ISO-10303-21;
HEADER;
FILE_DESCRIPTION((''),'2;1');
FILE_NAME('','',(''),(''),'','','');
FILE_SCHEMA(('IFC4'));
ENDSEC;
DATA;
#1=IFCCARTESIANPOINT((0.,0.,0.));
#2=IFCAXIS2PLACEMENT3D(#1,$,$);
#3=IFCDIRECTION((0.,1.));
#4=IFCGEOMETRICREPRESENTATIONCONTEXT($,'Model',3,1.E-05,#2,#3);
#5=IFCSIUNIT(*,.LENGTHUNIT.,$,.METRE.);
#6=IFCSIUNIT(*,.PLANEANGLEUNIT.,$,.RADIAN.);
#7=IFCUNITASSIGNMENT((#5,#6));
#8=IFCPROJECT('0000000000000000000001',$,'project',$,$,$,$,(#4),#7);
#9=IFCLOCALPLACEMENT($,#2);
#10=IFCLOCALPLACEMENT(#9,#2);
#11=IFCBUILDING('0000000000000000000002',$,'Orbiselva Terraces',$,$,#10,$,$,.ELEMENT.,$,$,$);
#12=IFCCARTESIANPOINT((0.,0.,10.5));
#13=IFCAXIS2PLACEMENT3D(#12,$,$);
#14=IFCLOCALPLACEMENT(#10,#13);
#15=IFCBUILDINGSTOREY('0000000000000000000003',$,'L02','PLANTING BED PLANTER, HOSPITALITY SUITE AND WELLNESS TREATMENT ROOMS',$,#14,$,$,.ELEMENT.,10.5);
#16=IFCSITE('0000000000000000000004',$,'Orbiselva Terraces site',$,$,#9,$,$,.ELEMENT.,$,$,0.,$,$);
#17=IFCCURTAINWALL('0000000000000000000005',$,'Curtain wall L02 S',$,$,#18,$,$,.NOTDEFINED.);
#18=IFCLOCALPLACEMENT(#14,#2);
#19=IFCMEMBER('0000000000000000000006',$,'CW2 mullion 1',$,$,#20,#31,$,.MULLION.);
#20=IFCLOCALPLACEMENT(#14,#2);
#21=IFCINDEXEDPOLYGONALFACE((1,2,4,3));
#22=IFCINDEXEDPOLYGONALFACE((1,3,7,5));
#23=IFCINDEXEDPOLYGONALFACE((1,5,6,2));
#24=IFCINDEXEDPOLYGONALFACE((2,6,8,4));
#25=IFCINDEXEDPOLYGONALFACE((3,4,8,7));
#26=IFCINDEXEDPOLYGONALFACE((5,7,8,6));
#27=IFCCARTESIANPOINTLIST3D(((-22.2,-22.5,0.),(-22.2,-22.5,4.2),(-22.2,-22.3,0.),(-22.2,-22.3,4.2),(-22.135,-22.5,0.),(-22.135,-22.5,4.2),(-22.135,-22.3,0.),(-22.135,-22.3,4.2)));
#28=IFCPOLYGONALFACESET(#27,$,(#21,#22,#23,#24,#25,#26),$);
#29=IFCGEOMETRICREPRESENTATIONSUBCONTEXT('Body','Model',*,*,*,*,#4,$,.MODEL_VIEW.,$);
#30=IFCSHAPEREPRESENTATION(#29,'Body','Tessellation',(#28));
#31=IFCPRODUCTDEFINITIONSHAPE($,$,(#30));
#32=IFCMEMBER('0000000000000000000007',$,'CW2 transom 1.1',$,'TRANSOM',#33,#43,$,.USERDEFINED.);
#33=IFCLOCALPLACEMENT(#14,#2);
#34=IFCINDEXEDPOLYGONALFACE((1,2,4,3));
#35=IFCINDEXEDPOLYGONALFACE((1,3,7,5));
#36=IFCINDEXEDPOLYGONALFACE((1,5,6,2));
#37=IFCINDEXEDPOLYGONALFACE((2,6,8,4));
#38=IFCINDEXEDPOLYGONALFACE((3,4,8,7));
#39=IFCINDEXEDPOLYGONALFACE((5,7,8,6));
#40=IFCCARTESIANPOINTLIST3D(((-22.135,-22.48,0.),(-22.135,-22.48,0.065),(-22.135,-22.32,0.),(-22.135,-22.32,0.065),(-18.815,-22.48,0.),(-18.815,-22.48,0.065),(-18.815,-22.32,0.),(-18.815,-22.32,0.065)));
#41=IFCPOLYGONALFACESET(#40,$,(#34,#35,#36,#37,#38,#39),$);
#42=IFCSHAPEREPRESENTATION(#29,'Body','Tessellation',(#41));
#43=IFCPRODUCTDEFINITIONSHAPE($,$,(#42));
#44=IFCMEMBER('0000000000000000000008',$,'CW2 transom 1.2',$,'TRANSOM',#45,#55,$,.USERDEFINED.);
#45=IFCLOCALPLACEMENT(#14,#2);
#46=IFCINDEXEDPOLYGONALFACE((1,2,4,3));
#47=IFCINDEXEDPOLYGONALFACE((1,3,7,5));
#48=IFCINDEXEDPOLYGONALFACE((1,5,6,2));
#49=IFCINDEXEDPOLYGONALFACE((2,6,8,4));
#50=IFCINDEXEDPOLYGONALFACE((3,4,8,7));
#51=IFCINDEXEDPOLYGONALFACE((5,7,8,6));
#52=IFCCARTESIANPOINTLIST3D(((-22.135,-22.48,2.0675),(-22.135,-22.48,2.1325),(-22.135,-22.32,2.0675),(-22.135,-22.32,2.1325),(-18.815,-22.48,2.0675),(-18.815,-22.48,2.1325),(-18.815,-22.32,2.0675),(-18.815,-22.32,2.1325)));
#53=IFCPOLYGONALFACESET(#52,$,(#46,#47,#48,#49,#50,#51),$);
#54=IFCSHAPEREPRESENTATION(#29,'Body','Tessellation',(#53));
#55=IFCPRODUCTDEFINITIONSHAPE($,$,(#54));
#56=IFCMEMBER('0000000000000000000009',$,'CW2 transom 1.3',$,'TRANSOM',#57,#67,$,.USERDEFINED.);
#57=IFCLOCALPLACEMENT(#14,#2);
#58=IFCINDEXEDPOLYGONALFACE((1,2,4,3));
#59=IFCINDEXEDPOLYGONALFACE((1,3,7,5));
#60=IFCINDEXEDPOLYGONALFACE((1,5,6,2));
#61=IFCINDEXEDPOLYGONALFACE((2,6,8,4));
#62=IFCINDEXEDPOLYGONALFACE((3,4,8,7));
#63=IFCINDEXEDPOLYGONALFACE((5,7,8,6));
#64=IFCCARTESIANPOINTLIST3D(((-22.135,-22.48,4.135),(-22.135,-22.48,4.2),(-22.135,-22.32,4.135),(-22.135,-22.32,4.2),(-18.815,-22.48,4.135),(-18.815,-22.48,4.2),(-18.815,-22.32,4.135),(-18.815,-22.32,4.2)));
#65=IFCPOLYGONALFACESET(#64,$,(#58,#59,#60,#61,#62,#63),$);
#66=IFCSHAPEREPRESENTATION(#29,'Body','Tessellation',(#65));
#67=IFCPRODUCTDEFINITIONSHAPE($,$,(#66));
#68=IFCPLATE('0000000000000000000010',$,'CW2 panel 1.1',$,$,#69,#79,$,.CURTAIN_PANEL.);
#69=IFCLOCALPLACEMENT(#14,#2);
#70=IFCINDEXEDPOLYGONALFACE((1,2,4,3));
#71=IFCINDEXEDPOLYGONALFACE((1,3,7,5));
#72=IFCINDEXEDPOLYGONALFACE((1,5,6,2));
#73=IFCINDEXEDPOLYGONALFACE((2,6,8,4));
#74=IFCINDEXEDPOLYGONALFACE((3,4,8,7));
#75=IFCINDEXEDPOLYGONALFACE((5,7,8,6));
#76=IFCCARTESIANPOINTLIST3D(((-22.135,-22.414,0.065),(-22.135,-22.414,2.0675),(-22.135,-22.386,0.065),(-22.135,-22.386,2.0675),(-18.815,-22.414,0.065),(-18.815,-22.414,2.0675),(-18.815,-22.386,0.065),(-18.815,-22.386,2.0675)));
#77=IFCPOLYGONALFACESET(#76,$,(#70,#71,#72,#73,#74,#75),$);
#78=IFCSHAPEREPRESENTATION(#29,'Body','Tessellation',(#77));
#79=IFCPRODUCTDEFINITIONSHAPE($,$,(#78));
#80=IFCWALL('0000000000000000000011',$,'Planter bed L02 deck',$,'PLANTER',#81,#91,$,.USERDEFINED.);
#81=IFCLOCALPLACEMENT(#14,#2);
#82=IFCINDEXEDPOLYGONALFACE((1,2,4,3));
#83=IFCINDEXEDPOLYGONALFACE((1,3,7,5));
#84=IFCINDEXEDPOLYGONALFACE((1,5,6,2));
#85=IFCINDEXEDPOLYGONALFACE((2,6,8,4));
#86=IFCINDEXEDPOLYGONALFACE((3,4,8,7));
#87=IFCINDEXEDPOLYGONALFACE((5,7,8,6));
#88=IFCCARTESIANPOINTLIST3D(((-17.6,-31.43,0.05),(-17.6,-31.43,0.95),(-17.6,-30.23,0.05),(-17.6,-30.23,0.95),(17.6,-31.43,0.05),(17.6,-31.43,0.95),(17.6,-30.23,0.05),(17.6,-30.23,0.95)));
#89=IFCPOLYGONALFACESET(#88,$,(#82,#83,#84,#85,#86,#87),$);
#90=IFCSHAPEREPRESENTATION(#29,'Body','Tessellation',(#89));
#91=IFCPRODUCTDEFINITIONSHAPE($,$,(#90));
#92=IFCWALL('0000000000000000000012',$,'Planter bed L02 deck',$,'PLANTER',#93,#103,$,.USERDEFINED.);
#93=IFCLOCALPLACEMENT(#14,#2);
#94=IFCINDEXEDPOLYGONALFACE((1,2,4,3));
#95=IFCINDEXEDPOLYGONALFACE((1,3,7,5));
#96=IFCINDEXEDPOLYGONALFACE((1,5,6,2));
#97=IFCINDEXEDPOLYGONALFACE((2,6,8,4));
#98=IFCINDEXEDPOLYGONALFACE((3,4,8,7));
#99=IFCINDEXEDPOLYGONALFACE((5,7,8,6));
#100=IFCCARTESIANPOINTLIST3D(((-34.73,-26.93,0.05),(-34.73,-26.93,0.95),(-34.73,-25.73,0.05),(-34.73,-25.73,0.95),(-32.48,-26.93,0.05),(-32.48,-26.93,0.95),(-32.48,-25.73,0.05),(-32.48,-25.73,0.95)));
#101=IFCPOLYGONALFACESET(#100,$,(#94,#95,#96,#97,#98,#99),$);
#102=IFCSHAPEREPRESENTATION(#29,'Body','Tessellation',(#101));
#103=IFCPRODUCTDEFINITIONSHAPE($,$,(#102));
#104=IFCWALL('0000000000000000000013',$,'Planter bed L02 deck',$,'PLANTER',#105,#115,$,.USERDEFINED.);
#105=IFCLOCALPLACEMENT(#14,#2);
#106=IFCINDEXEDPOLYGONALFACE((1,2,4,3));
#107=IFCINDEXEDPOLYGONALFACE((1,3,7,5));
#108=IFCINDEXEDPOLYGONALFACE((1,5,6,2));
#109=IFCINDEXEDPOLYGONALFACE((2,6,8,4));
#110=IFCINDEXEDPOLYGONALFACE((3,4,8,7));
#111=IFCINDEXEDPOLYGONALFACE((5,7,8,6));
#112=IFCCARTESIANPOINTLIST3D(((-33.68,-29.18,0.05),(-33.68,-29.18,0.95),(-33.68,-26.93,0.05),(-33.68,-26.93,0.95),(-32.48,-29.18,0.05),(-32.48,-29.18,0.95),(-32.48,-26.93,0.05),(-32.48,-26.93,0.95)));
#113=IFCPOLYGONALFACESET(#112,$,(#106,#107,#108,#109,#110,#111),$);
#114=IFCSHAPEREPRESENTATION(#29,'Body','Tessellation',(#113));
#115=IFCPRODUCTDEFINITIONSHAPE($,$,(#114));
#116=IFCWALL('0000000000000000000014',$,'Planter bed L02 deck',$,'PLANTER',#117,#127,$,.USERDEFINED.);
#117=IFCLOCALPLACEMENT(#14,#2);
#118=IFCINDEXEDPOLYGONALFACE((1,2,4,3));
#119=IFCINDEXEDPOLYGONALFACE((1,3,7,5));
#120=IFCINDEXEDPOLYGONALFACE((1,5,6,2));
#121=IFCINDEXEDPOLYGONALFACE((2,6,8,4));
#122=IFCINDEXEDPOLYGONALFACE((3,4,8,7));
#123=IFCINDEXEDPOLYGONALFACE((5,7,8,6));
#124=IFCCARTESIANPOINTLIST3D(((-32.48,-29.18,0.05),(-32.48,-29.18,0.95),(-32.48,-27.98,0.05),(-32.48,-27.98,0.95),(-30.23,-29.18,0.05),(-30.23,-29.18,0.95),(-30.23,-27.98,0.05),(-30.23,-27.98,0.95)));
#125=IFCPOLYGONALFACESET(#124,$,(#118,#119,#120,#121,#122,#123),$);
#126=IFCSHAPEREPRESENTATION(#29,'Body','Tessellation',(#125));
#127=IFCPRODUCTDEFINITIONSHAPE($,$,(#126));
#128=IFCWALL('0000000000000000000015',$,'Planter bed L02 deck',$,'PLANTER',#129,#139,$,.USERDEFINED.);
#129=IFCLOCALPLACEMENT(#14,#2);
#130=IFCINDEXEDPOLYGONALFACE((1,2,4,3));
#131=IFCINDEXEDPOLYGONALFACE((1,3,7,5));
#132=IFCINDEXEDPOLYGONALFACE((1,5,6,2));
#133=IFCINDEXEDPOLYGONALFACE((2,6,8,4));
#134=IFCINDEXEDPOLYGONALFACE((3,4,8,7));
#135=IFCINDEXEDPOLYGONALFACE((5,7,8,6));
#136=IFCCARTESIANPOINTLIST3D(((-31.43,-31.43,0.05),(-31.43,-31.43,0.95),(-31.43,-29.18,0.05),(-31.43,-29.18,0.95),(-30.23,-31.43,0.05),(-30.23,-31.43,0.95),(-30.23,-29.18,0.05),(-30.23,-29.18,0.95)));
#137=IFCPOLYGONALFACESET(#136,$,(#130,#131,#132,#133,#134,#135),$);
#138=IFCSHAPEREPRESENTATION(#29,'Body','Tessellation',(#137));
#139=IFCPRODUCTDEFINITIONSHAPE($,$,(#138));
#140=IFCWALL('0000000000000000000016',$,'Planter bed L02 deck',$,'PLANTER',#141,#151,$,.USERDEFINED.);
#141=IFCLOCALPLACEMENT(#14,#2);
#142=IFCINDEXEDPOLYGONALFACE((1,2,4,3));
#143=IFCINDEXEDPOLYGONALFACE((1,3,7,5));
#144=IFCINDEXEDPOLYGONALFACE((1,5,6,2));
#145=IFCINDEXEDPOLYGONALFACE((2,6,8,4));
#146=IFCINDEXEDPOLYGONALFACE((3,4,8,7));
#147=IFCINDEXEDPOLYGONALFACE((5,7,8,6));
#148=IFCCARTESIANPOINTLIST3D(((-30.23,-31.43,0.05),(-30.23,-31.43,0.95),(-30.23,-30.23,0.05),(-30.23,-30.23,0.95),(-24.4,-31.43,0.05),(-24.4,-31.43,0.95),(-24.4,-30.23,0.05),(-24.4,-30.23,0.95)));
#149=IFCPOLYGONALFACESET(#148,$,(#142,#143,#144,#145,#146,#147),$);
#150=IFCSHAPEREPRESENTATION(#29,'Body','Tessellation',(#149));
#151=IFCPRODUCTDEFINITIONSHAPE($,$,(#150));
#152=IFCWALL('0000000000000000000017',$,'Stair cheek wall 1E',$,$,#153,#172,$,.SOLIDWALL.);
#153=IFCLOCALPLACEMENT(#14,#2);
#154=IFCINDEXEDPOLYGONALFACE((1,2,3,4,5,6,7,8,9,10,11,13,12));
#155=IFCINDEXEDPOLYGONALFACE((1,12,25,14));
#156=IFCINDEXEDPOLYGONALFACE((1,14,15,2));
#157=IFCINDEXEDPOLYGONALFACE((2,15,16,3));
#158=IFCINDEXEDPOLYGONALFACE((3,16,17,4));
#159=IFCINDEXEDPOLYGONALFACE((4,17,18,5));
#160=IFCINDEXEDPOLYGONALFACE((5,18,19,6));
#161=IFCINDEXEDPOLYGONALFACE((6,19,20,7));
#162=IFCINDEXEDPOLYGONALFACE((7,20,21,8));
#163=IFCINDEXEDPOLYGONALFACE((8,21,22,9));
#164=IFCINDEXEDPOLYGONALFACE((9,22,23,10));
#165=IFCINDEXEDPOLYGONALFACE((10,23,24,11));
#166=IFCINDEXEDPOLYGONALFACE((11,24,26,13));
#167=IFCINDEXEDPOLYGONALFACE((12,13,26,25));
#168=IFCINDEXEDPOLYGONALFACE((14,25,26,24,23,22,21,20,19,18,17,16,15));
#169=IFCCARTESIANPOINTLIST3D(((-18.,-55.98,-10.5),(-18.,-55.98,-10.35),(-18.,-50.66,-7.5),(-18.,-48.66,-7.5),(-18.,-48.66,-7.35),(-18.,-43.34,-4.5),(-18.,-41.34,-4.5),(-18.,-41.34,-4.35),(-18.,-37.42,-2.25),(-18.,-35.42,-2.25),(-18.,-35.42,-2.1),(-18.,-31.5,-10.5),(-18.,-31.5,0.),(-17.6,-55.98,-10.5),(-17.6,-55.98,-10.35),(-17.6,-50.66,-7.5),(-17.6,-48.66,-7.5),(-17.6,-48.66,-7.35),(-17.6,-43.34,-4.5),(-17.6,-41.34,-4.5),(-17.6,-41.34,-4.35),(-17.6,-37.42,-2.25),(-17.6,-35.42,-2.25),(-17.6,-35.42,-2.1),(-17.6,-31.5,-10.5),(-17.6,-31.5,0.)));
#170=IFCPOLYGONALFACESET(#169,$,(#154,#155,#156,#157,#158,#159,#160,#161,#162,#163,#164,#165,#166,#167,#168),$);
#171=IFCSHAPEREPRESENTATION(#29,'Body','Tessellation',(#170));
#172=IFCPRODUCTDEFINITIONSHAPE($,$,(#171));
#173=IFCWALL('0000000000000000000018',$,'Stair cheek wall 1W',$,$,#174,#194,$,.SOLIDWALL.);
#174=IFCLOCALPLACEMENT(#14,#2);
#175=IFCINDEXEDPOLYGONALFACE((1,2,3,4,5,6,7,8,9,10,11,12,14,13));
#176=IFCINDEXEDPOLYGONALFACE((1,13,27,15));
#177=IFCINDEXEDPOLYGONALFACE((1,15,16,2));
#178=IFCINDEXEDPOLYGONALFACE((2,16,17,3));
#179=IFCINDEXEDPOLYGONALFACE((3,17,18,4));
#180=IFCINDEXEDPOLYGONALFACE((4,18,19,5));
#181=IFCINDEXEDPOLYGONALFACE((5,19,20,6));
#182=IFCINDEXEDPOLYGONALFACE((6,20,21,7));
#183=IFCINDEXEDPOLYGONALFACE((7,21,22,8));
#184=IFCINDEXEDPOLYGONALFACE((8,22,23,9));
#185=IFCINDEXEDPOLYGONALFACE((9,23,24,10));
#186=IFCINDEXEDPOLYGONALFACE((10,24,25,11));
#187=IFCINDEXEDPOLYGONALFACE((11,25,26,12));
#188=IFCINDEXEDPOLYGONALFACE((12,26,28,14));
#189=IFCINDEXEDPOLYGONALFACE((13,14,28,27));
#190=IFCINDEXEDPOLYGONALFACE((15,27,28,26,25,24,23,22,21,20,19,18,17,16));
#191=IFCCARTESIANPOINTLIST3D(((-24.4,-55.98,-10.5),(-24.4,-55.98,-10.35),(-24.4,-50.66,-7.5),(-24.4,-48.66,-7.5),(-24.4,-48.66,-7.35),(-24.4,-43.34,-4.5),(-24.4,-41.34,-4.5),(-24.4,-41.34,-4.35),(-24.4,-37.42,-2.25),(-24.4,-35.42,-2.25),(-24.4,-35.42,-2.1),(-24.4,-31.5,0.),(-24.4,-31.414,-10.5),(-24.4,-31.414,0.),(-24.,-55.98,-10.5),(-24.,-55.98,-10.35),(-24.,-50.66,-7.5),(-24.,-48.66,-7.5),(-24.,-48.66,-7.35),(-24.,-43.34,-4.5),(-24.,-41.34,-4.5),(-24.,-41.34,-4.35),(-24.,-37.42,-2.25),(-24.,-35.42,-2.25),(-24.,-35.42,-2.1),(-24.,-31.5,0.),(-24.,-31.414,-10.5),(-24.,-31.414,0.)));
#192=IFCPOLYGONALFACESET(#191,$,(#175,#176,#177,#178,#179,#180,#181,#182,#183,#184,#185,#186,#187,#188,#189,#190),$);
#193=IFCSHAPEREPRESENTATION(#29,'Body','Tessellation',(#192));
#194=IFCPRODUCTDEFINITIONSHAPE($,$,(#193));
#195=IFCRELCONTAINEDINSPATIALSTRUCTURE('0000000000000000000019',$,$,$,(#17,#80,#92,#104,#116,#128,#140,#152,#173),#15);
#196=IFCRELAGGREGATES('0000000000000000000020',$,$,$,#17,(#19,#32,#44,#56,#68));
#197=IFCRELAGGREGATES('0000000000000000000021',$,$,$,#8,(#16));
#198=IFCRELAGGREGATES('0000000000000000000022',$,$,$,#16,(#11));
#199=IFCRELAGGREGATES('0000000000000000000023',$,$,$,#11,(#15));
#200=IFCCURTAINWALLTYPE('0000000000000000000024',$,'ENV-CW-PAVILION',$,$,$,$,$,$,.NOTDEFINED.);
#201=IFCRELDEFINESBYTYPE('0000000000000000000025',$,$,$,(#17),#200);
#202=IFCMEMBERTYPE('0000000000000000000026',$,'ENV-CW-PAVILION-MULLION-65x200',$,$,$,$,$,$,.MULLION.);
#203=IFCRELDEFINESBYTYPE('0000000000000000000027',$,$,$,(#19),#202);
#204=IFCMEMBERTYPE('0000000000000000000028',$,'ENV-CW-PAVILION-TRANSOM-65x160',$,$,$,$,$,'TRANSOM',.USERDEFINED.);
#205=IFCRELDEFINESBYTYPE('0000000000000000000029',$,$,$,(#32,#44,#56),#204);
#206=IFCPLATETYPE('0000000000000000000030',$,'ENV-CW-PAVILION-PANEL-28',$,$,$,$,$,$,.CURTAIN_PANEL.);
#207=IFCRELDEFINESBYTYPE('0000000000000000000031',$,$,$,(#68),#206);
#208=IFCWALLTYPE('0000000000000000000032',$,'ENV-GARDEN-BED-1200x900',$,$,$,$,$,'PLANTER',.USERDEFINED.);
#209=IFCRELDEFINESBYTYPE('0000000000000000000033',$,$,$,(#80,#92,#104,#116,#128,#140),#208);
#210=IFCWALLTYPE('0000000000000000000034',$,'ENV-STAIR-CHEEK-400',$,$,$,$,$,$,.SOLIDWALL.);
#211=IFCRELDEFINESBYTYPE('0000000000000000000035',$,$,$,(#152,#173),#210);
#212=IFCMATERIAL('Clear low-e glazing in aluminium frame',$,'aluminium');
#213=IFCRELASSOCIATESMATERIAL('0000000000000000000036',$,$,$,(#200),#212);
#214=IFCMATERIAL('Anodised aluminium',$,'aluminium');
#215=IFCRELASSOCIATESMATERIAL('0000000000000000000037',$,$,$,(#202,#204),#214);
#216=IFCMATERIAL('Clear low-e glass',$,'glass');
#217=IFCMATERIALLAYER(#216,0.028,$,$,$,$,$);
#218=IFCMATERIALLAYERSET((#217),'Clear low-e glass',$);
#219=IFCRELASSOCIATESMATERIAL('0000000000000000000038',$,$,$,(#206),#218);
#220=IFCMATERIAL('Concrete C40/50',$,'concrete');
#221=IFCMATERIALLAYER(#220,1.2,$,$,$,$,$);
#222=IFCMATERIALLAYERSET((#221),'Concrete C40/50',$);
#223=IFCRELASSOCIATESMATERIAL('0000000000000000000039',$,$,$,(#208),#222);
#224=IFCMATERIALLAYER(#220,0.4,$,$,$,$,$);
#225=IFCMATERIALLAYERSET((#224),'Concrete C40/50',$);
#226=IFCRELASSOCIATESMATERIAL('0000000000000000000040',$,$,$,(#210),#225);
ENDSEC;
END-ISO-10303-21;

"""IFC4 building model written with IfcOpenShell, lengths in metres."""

from ifc_helpers import new_model, si_unit, direction, frame, frame_2d, origin, origin_2d, place, context, subcontext, project, spatial, polyline, rectangle, outline, extrude, material, layer, layer_set, material_profile, profile_set, type_object, element, aggregate, save


model = new_model("IFC4")

# Units and contexts
model_context = context("Model", 3, precision=1e-05, world=origin(), true_north=direction((0.0, 1.0)))
body_context = subcontext(model_context, "Body", "Model", "MODEL_VIEW")
ifc_project = project(units=[si_unit("LENGTHUNIT", "METRE"), si_unit("PLANEANGLEUNIT", "RADIAN")], contexts=[model_context])

# Site, building, storey
site_placement = place(None, origin())
site = spatial("IfcSite", under=ifc_project, at=site_placement, Name="Orbiselva Terraces site", CompositionType="ELEMENT", RefElevation=0.0)
building_placement = place(site_placement, origin())
building = spatial("IfcBuilding", under=site, at=building_placement, Name="Orbiselva Terraces", CompositionType="ELEMENT")
storey_placement = place(building_placement, frame((0.0, 0.0, 10.5)))
storey = spatial("IfcBuildingStorey", under=building, at=storey_placement, Name="L02", Description="PLANTING BED PLANTER, HOSPITALITY SUITE AND WELLNESS TREATMENT ROOMS", CompositionType="ELEMENT", Elevation=10.5)

# Curtain wall, members, plate
ifc_material_1 = material(Name="Clear low-e glazing in aluminium frame", Category="aluminium")
curtain_wall_type = type_object("IfcCurtainWallType", Name="ENV-CW-PAVILION", PredefinedType="NOTDEFINED", material=ifc_material_1)
curtain_wall_placement = place(storey_placement, origin())
curtain_wall = element("IfcCurtainWall", 1, at=curtain_wall_placement, inside=storey, type_object=curtain_wall_type, Name="Curtain wall L02 S", PredefinedType="NOTDEFINED")
ifc_material_2 = material(Name="Anodised aluminium", Category="aluminium")
ifc_material_profile_1 = material_profile(ifc_material_2, rectangle(XDim=0.2, YDim=0.065, at=origin_2d()), Name="AL 65x200")
ifc_profile_set_1 = profile_set([ifc_material_profile_1], Name="Anodised aluminium")
member_type_1 = type_object("IfcMemberType", Name="ENV-CW-PAVILION-MULLION-65x200", PredefinedType="MULLION", material=ifc_profile_set_1)
member_1_placement = place(storey_placement, frame((-22.1675, -22.4, 0.0), z_axis=(0.0, 0.0, 1.0), x_axis=(0.0, 1.0, 0.0)))
member_1 = element("IfcMember", 2, at=member_1_placement, type_object=member_type_1, Name="CW2 mullion 1", PredefinedType="MULLION", context=body_context, shape_type="SweptSolid", body=[
    extrude(rectangle(XDim=0.2, YDim=0.065, at=origin_2d()), origin(), (0.0, 0.0, 1.0), 4.2),
])
ifc_material_profile_2 = material_profile(ifc_material_2, rectangle(XDim=0.16, YDim=0.065, at=origin_2d()), Name="AL 65x160")
ifc_profile_set_2 = profile_set([ifc_material_profile_2], Name="Anodised aluminium")
member_type_2 = type_object("IfcMemberType", Name="ENV-CW-PAVILION-TRANSOM-65x160", ElementType="TRANSOM", PredefinedType="USERDEFINED", material=ifc_profile_set_2)
member_2_placement = place(storey_placement, frame((-22.135, -22.4, 0.0325), z_axis=(1.0, 0.0, 0.0), x_axis=(0.0, 1.0, 0.0)))
member_2 = element("IfcMember", 3, at=member_2_placement, type_object=member_type_2, Name="CW2 transom 1.1", ObjectType="TRANSOM", PredefinedType="USERDEFINED", context=body_context, shape_type="SweptSolid", body=[
    extrude(rectangle(XDim=0.16, YDim=0.065, at=origin_2d()), origin(), (0.0, 0.0, 1.0), 3.32),
])
member_3_placement = place(storey_placement, frame((-22.135, -22.4, 2.1), z_axis=(1.0, 0.0, 0.0), x_axis=(0.0, 1.0, 0.0)))
member_3 = element("IfcMember", 4, at=member_3_placement, type_object=member_type_2, Name="CW2 transom 1.2", ObjectType="TRANSOM", PredefinedType="USERDEFINED", context=body_context, shape_type="SweptSolid", body=[
    extrude(rectangle(XDim=0.16, YDim=0.065, at=origin_2d()), origin(), (0.0, 0.0, 1.0), 3.32),
])
member_4_placement = place(storey_placement, frame((-22.135, -22.4, 4.1675), z_axis=(1.0, 0.0, 0.0), x_axis=(0.0, 1.0, 0.0)))
member_4 = element("IfcMember", 5, at=member_4_placement, type_object=member_type_2, Name="CW2 transom 1.3", ObjectType="TRANSOM", PredefinedType="USERDEFINED", context=body_context, shape_type="SweptSolid", body=[
    extrude(rectangle(XDim=0.16, YDim=0.065, at=origin_2d()), origin(), (0.0, 0.0, 1.0), 3.32),
])
ifc_material_3 = material(Name="Clear low-e glass", Category="glass")
ifc_layer_1 = layer(ifc_material_3, 0.028)
ifc_layer_set_1 = layer_set([ifc_layer_1], Name="Clear low-e glass")
plate_type = type_object("IfcPlateType", Name="ENV-CW-PAVILION-PANEL-28", PredefinedType="CURTAIN_PANEL", material=ifc_layer_set_1)
plate_placement = place(storey_placement, frame((-20.475, -22.4, 0.065), z_axis=(0.0, 0.0, 1.0), x_axis=(1.0, 0.0, 0.0)))
plate = element("IfcPlate", 6, at=plate_placement, type_object=plate_type, Name="CW2 panel 1.1", PredefinedType="CURTAIN_PANEL", context=body_context, shape_type="SweptSolid", body=[
    extrude(rectangle(XDim=3.32, YDim=0.028, at=origin_2d()), origin(), (0.0, 0.0, 1.0), 2.0025),
])
aggregate(curtain_wall, [member_1, member_2, member_3, member_4, plate])

# Walls
ifc_material_4 = material(Name="Concrete C40/50", Category="concrete")
ifc_layer_2 = layer(ifc_material_4, 1.2)
ifc_layer_set_2 = layer_set([ifc_layer_2], Name="Concrete C40/50")
wall_type_1 = type_object("IfcWallType", Name="ENV-GARDEN-BED-1200x900", ElementType="PLANTER", PredefinedType="USERDEFINED", material=ifc_layer_set_2)
wall_1_placement = place(storey_placement, frame((-17.6, -30.83, 0.05), z_axis=(0.0, 0.0, 1.0), x_axis=(1.0, 0.0, 0.0)))
element("IfcWall", 7, at=wall_1_placement, inside=storey, type_object=wall_type_1, Name="Planter bed L02 deck", ObjectType="PLANTER", PredefinedType="USERDEFINED", context=body_context, shape_type="SweptSolid", body=[
    extrude(rectangle(XDim=35.2, YDim=1.2, at=frame_2d((17.6, 0.0))), origin(), (0.0, 0.0, 1.0), 0.9),
])
for number, where, z_axis, x_axis, name in (
    (8, (-34.73, -26.33, 0.05), (0.0, 0.0, 1.0), (1.0, 0.0, 0.0), "Planter bed L02 deck"),
    (9, (-33.08, -26.93, 0.05), (0.0, 0.0, 1.0), (0.0, -1.0, 0.0), "Planter bed L02 deck"),
    (10, (-32.48, -28.58, 0.05), (0.0, 0.0, 1.0), (1.0, 0.0, 0.0), "Planter bed L02 deck"),
    (11, (-30.83, -29.18, 0.05), (0.0, 0.0, 1.0), (0.0, -1.0, 0.0), "Planter bed L02 deck"),
):
    element("IfcWall", number, at=place(storey_placement, frame(where, z_axis=z_axis, x_axis=x_axis)), inside=storey, type_object=wall_type_1, Name=name, ObjectType="PLANTER", PredefinedType="USERDEFINED", context=body_context, shape_type="SweptSolid", body=[
        extrude(rectangle(XDim=2.25, YDim=1.2, at=frame_2d((1.125, 0.0))), origin(), (0.0, 0.0, 1.0), 0.9),
    ])
wall_2_placement = place(storey_placement, frame((-30.23, -30.83, 0.05), z_axis=(0.0, 0.0, 1.0), x_axis=(1.0, 0.0, 0.0)))
element("IfcWall", 12, at=wall_2_placement, inside=storey, type_object=wall_type_1, Name="Planter bed L02 deck", ObjectType="PLANTER", PredefinedType="USERDEFINED", context=body_context, shape_type="SweptSolid", body=[
    extrude(rectangle(XDim=5.83, YDim=1.2, at=frame_2d((2.915, 0.0))), origin(), (0.0, 0.0, 1.0), 0.9),
])
ifc_layer_3 = layer(ifc_material_4, 0.4)
ifc_layer_set_3 = layer_set([ifc_layer_3], Name="Concrete C40/50")
wall_type_2 = type_object("IfcWallType", Name="ENV-STAIR-CHEEK-400", PredefinedType="SOLIDWALL", material=ifc_layer_set_3)
wall_3_placement = place(storey_placement, frame((-17.8, -55.98, -10.5), z_axis=(0.0, 0.0, 1.0), x_axis=(0.0, 1.0, 0.0)))
element("IfcWall", 13, at=wall_3_placement, inside=storey, type_object=wall_type_2, Name="Stair cheek wall 1E", PredefinedType="SOLIDWALL", context=body_context, shape_type="SweptSolid", body=[
    extrude(outline(polyline([(0.0, 0.0), (24.48, 0.0), (24.48, 10.5), (20.56, 8.4), (20.56, 8.25), (18.56, 8.25), (14.64, 6.15), (14.64, 6.0), (12.64, 6.0), (7.32, 3.15), (7.32, 3.0), (5.32, 3.0), (0.0, 0.15), (0.0, 0.0), (0.0, 0.0)])), frame((0.0, 0.2, 0.0), z_axis=(0.0, -1.0, 0.0), x_axis=(1.0, 0.0, 0.0)), (0.0, 0.0, 1.0), 0.4),
])
wall_4_placement = place(storey_placement, frame((-24.2, -55.98, -10.5), z_axis=(0.0, 0.0, 1.0), x_axis=(0.0, 1.0, 0.0)))
element("IfcWall", 14, at=wall_4_placement, inside=storey, type_object=wall_type_2, Name="Stair cheek wall 1W", PredefinedType="SOLIDWALL", context=body_context, shape_type="SweptSolid", body=[
    extrude(outline(polyline([(0.0, 0.0), (24.566, 0.0), (24.566, 10.5), (24.48, 10.5), (20.56, 8.4), (20.56, 8.25), (18.56, 8.25), (14.64, 6.15), (14.64, 6.0), (12.64, 6.0), (7.32, 3.15), (7.32, 3.0), (5.32, 3.0), (0.0, 0.15), (0.0, 0.0), (0.0, 0.0)])), frame((0.0, 0.2, 0.0), z_axis=(0.0, -1.0, 0.0), x_axis=(1.0, 0.0, 0.0)), (0.0, 0.0, 1.0), 0.4),
])

save(model, "model.ifc")
